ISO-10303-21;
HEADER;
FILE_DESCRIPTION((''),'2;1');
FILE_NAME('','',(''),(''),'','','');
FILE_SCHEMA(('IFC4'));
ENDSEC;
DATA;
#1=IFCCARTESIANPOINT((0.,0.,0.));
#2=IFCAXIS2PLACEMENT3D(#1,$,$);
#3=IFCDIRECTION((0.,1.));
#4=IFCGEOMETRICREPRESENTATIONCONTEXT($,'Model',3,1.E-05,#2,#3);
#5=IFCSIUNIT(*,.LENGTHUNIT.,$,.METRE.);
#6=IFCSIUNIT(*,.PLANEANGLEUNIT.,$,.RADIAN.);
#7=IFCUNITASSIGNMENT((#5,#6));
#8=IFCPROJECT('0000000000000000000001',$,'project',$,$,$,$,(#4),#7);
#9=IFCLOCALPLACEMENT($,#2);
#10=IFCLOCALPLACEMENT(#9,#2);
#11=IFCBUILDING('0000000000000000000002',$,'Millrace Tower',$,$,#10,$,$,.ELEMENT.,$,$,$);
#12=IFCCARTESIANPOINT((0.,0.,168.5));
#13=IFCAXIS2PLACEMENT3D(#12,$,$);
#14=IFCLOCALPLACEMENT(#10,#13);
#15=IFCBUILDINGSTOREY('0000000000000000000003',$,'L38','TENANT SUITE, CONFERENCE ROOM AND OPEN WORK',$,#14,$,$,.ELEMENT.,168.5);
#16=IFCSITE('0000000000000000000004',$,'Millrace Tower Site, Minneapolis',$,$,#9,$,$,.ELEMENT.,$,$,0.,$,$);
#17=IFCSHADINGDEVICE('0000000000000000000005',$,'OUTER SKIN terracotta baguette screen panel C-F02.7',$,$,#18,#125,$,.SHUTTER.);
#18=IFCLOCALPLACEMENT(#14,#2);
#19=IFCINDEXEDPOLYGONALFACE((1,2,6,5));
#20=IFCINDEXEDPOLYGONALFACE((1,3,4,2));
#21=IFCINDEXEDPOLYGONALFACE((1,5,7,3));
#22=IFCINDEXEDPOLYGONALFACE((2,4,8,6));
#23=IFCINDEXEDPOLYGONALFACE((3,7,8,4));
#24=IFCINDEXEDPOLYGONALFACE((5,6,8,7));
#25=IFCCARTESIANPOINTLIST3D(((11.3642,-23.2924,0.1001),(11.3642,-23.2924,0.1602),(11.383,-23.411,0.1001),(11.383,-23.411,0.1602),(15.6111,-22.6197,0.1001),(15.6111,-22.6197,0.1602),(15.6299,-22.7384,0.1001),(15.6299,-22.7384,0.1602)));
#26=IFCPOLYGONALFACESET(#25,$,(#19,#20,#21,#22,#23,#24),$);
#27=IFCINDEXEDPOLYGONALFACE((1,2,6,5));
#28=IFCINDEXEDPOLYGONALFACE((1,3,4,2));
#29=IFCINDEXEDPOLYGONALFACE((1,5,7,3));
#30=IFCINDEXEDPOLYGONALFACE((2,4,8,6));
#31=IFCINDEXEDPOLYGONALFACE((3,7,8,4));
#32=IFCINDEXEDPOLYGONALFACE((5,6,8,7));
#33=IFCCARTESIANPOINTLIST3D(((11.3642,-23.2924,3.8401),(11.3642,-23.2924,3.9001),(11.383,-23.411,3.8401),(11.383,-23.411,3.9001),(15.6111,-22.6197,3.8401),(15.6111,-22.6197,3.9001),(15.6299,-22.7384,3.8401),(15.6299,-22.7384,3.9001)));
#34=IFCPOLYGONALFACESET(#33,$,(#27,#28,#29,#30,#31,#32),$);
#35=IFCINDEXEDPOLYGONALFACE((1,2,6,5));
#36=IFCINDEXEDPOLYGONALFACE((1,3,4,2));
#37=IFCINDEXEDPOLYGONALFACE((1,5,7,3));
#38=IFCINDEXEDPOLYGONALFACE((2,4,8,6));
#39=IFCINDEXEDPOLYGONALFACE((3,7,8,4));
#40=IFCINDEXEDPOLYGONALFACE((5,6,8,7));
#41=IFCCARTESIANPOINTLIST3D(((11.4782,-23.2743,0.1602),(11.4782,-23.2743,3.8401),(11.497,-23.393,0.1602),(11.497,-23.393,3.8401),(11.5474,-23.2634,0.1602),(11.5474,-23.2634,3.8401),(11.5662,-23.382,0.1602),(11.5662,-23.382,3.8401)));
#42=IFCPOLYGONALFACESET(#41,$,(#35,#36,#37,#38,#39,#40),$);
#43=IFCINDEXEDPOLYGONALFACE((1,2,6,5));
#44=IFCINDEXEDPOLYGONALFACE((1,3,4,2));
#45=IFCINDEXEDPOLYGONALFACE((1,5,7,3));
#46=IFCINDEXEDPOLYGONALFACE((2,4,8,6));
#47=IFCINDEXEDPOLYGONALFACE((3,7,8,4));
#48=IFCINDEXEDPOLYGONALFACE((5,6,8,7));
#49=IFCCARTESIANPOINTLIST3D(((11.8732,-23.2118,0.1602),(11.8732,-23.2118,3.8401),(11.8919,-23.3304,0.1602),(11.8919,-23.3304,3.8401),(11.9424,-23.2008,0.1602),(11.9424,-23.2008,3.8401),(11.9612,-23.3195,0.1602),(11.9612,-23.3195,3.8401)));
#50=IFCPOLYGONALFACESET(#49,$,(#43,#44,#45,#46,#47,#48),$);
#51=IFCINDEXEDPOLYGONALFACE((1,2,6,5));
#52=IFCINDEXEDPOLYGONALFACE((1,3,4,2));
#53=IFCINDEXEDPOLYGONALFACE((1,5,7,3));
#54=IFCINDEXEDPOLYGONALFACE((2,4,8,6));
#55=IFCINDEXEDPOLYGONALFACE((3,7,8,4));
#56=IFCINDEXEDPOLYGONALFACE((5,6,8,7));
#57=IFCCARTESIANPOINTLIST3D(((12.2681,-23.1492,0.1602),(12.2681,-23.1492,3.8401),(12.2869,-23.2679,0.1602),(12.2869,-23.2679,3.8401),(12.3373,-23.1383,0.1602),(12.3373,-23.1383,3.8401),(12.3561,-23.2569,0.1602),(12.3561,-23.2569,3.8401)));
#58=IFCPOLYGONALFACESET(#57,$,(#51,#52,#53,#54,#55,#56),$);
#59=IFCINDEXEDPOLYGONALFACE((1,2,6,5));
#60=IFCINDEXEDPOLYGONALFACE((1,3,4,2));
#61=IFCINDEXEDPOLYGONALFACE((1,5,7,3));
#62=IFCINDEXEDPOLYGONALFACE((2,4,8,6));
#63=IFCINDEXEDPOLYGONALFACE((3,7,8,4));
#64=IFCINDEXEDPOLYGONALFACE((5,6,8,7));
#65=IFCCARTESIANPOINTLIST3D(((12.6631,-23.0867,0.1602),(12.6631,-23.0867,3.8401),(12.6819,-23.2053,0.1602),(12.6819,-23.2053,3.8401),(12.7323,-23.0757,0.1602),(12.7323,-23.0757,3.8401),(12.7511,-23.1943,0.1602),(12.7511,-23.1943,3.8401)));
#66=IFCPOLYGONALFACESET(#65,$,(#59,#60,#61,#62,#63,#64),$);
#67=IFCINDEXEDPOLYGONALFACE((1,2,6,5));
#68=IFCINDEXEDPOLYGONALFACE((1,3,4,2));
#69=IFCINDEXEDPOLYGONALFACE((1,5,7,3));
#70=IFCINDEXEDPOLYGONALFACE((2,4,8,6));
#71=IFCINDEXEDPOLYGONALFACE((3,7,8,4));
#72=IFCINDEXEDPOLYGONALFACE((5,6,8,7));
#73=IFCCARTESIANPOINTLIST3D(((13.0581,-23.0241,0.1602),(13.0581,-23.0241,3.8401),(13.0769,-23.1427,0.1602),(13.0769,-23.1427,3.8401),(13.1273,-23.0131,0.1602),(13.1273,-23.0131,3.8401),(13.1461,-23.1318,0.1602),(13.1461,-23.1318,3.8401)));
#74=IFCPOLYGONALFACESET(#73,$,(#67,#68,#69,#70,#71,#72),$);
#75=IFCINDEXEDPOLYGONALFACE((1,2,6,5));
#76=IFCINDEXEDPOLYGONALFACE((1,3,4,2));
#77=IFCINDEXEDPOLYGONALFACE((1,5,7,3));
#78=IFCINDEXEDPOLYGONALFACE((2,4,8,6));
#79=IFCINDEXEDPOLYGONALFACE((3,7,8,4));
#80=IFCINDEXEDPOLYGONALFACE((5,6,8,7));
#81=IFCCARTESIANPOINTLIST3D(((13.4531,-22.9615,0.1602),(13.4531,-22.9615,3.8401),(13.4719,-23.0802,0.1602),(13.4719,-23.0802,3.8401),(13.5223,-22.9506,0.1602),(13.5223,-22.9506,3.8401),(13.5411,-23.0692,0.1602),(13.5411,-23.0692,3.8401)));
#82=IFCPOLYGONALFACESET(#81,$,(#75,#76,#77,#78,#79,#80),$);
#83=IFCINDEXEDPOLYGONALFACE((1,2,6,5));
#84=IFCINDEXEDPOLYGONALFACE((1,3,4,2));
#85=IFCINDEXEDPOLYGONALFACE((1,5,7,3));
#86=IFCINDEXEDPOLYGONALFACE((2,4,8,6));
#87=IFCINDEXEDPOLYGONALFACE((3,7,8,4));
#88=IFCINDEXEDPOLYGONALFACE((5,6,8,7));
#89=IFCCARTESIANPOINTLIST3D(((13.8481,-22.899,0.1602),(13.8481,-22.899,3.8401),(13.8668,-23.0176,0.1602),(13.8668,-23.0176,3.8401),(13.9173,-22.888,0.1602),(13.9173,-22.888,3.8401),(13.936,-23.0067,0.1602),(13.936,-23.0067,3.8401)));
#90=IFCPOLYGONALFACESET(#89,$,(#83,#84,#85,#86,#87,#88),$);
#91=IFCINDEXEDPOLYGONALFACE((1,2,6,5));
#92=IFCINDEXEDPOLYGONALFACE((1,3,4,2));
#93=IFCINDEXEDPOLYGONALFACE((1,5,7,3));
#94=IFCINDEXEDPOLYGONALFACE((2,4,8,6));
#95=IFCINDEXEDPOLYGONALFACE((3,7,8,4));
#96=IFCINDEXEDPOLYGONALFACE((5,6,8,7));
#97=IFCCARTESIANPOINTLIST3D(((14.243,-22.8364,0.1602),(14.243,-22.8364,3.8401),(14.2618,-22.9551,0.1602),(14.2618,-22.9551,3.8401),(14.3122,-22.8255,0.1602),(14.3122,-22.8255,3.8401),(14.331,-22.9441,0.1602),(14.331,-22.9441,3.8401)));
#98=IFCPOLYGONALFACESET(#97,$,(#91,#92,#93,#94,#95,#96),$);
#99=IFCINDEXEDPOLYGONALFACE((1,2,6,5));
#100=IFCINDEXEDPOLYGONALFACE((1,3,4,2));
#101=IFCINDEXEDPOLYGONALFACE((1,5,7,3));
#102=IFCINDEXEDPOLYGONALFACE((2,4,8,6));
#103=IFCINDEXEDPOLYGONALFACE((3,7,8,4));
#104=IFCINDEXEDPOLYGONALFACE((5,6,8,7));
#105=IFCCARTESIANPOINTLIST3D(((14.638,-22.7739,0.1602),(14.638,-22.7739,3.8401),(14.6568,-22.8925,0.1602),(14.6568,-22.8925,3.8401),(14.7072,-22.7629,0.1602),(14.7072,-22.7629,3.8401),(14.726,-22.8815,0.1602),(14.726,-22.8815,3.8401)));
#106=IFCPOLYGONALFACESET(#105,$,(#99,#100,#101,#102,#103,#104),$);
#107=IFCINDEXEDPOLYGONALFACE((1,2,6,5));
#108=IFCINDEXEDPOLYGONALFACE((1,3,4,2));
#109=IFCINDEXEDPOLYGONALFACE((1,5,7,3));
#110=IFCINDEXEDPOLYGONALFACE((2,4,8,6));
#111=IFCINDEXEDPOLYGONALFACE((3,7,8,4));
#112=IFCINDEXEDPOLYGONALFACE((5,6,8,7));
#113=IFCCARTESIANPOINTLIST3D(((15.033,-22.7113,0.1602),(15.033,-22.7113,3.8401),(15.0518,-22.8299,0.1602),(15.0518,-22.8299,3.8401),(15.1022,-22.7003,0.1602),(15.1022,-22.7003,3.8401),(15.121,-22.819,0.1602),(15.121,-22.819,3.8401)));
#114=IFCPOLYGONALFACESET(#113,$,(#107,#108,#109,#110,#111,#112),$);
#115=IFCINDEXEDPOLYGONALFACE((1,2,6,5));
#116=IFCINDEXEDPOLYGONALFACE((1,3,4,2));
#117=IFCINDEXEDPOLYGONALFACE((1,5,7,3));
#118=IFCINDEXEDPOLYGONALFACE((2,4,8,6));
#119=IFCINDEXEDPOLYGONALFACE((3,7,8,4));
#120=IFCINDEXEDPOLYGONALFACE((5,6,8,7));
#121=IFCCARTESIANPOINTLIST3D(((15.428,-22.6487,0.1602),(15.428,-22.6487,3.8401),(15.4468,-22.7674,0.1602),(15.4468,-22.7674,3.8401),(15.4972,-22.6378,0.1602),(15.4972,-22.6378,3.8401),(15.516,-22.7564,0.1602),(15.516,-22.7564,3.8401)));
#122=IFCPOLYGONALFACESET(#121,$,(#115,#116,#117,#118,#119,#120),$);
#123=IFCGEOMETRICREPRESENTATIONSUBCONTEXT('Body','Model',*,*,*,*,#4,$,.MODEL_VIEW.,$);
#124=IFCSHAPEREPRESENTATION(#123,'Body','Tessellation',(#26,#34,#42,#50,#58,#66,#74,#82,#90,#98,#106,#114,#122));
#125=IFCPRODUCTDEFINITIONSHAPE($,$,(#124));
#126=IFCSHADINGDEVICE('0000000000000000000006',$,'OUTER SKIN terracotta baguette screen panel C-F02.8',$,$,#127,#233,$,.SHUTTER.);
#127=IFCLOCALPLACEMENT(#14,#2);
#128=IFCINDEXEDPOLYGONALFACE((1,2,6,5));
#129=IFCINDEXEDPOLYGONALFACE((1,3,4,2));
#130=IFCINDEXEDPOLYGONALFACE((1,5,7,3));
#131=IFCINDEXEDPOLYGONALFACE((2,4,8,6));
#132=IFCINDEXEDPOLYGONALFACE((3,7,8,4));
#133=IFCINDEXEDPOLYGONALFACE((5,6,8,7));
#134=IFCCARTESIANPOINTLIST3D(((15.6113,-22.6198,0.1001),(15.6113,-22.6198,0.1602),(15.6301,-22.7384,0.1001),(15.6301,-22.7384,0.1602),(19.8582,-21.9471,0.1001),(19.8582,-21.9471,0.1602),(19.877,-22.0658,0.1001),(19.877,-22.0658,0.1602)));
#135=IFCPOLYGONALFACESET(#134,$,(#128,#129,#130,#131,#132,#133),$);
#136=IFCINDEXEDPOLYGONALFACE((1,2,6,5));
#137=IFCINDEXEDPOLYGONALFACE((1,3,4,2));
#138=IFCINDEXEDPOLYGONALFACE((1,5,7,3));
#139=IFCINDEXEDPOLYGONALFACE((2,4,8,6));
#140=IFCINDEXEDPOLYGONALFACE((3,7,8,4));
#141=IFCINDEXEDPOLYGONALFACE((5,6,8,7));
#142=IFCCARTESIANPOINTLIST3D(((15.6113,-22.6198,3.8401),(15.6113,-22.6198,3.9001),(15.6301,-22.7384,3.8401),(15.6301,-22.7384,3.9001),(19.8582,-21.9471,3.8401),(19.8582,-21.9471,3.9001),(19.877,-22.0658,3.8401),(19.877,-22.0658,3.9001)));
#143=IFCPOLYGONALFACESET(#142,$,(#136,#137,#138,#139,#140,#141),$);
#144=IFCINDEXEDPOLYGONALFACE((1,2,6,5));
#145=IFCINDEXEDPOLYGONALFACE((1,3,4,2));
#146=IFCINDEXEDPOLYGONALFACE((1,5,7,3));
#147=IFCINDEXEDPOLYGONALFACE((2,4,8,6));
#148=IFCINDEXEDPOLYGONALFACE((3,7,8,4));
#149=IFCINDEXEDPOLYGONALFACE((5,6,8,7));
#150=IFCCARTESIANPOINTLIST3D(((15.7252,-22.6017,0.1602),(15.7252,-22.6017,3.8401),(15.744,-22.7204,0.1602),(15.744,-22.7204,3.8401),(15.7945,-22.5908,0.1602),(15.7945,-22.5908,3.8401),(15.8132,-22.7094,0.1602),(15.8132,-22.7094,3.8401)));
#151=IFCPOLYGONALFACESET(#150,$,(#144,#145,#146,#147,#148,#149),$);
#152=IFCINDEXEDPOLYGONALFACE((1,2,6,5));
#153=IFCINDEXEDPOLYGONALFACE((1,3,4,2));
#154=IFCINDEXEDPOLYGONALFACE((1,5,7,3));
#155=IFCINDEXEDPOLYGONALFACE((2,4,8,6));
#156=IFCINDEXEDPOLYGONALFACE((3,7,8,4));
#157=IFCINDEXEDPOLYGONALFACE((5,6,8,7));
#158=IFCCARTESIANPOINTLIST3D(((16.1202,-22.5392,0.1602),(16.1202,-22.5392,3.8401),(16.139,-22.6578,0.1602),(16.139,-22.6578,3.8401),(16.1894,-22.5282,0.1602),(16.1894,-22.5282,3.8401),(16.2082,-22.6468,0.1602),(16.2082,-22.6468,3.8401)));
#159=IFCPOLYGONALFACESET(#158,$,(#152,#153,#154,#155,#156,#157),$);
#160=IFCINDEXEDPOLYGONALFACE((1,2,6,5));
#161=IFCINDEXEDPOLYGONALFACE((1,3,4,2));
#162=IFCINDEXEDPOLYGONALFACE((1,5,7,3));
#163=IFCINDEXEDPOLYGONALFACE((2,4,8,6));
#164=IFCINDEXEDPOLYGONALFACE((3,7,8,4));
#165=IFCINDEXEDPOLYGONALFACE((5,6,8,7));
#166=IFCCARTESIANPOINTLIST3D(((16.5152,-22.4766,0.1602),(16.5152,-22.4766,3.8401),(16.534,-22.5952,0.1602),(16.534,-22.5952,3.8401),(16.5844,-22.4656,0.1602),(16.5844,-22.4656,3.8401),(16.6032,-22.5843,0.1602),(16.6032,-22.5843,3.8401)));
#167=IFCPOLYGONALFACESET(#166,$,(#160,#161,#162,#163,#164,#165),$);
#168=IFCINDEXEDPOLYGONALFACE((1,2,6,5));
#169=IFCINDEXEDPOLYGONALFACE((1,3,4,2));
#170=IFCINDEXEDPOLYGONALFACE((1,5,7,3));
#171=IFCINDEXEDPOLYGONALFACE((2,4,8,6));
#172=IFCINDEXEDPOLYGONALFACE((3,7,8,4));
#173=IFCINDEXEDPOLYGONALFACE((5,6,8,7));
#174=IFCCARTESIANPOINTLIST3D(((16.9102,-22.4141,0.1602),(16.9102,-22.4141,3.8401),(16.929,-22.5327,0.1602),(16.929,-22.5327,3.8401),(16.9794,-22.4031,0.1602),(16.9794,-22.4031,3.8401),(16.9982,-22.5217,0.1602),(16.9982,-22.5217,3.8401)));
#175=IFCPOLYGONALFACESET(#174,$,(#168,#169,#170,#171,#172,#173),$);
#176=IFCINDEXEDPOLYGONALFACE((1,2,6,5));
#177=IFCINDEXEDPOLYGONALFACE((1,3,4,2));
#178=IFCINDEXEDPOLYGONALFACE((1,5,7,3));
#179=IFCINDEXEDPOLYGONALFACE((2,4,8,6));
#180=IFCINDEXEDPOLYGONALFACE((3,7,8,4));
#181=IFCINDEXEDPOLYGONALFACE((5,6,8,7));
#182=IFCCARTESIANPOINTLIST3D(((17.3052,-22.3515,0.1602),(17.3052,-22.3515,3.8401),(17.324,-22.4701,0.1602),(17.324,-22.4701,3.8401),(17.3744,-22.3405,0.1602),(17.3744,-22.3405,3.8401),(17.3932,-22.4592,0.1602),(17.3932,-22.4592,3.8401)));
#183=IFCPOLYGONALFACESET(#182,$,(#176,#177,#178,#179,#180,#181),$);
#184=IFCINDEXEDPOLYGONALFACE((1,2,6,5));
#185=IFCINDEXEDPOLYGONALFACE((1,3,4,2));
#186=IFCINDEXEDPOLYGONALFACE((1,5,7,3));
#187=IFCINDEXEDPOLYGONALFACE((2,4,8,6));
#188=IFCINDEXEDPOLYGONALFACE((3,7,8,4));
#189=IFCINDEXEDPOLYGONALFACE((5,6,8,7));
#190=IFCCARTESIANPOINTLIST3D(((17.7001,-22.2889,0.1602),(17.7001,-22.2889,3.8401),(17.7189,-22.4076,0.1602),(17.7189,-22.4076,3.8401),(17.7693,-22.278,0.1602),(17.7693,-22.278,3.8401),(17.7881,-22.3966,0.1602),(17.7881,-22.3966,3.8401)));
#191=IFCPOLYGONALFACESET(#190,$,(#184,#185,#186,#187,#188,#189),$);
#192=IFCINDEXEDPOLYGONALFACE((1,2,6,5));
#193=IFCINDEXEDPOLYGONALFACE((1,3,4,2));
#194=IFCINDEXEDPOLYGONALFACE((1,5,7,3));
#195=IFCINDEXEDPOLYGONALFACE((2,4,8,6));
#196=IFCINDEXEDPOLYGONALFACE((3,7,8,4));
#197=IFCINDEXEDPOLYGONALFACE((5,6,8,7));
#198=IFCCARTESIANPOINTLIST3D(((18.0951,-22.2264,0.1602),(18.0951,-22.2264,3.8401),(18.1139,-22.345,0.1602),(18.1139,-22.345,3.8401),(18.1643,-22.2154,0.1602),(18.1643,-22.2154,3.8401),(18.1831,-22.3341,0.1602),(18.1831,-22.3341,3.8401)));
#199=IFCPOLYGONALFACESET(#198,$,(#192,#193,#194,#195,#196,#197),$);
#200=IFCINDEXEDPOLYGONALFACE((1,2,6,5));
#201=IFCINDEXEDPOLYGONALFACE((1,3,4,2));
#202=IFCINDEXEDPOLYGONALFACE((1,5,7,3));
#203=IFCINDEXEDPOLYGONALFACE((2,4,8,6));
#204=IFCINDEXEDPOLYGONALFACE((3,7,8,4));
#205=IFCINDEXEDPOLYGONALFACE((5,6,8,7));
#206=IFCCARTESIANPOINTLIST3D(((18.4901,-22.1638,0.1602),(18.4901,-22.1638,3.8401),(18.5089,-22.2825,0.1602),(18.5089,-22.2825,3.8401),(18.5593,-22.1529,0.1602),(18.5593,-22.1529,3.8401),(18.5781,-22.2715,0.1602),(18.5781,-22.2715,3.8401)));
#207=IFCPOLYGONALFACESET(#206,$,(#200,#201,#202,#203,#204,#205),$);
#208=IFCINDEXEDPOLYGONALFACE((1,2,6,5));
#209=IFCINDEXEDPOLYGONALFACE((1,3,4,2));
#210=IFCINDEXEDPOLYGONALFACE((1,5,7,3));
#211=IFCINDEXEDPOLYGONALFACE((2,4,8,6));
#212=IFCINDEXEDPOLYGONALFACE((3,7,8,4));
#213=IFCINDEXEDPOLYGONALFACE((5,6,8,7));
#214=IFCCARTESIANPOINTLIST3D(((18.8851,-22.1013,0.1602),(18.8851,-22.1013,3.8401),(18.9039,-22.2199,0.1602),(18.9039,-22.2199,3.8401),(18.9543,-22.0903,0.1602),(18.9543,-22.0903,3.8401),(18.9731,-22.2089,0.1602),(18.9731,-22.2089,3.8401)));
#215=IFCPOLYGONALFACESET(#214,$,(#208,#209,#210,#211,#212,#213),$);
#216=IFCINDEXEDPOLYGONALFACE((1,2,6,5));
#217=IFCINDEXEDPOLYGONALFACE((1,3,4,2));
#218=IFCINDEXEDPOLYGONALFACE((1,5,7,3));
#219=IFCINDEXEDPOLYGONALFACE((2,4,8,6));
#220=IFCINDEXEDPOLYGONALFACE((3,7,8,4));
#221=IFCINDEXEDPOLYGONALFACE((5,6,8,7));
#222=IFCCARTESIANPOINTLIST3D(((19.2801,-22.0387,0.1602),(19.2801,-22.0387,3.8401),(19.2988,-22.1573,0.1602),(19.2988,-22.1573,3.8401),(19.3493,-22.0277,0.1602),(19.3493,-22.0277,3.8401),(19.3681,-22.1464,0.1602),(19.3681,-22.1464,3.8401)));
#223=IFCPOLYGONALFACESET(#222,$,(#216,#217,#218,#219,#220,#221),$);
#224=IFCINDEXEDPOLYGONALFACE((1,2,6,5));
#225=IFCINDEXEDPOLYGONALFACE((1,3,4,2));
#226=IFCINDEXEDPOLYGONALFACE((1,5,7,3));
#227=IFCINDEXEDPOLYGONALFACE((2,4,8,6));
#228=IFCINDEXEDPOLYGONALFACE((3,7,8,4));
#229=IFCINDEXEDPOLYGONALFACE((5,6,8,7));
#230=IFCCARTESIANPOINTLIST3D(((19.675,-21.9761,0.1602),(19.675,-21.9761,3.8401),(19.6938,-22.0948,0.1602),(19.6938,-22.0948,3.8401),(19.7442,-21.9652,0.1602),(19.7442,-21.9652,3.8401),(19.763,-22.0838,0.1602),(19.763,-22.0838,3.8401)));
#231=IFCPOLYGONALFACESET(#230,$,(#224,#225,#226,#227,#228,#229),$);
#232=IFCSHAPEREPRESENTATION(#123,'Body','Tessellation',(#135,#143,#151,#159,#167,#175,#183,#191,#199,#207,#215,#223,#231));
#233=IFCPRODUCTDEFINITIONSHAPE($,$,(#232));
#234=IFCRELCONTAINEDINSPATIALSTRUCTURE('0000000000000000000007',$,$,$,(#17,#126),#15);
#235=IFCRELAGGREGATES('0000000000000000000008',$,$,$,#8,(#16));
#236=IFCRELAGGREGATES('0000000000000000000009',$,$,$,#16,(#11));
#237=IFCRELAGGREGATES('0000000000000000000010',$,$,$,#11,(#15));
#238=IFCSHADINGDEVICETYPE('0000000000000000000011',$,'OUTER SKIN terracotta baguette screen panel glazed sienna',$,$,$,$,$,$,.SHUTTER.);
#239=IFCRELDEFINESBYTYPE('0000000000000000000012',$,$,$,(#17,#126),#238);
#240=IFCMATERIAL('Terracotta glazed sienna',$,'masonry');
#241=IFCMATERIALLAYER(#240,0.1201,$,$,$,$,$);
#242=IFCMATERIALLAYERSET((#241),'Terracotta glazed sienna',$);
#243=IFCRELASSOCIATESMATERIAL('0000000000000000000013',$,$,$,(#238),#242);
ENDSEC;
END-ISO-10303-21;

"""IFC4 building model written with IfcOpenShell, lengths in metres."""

from ifc_helpers import new_model, entity, si_unit, direction, frame, frame_2d, origin, origin_2d, place, context, subcontext, project, spatial, rectangle, extrude, source, transform, mapped, material, layer, layer_set, type_object, element, save


model = new_model("IFC4")

# Units and contexts
model_context = context("Model", 3, precision=1e-05, world=origin(), true_north=direction((0.0, 1.0)))
body_context = subcontext(model_context, "Body", "Model", "MODEL_VIEW")
ifc_project = project(units=[si_unit("LENGTHUNIT", "METRE"), si_unit("PLANEANGLEUNIT", "RADIAN")], contexts=[model_context])

# Site, building, storey
site_placement = place(None, origin())
site = spatial("IfcSite", under=ifc_project, at=site_placement, Name="Millrace Tower Site, Minneapolis", CompositionType="ELEMENT", RefElevation=0.0)
building_placement = place(site_placement, origin())
building = spatial("IfcBuilding", under=site, at=building_placement, Name="Millrace Tower", CompositionType="ELEMENT")
storey_placement = place(building_placement, frame((0.0, 0.0, 168.5)))
storey = spatial("IfcBuildingStorey", under=building, at=storey_placement, Name="L38", Description="TENANT SUITE, CONFERENCE ROOM AND OPEN WORK", CompositionType="ELEMENT", Elevation=168.5)

# Shading devices
ifc_material_1 = material(Name="Terracotta glazed sienna", Category="masonry")
ifc_layer_1 = layer(ifc_material_1, 0.1201)
ifc_layer_set_1 = layer_set([ifc_layer_1], Name="Terracotta glazed sienna")
shading_device_type = type_object("IfcShadingDeviceType", Name="OUTER SKIN terracotta baguette screen panel glazed sienna", PredefinedType="SHUTTER", material=ifc_layer_set_1)
cartesian_point_1 = entity("IfcCartesianPoint", [-2.1499, 0.0601])
shared_polyline_1 = entity("IfcPolyline", [cartesian_point_1, entity("IfcCartesianPoint", [2.1499, 0.0601]), entity("IfcCartesianPoint", [2.1499, -0.0601]), entity("IfcCartesianPoint", [-2.1499, -0.0601]), cartesian_point_1])
shared_shape_1 = source(origin(), body_context, "Body", "SweptSolid", [
    entity("IfcExtrudedAreaSolid", entity("IfcArbitraryClosedProfileDef", "AREA", None, shared_polyline_1), entity("IfcAxis2Placement3D", entity("IfcCartesianPoint", [0.0, 0.0, 0.0])), entity("IfcDirection", [0.0, 0.0, 1.0]), 0.0601),
    entity("IfcExtrudedAreaSolid", entity("IfcArbitraryClosedProfileDef", "AREA", None, shared_polyline_1), entity("IfcAxis2Placement3D", entity("IfcCartesianPoint", [0.0, 0.0, 3.74])), entity("IfcDirection", [0.0, 0.0, 1.0]), 0.0601),
    extrude(rectangle(XDim=0.0701, YDim=0.1201, at=frame_2d((-1.9995, 0.0))), frame((0.0, 0.0, 0.0601)), (0.0, 0.0, 1.0), 3.6799),
    extrude(rectangle(XDim=0.0701, YDim=0.1201, at=frame_2d((-1.5996, 0.0))), frame((0.0, 0.0, 0.0601)), (0.0, 0.0, 1.0), 3.6799),
    extrude(rectangle(XDim=0.0701, YDim=0.1201, at=frame_2d((-1.1997, 0.0))), frame((0.0, 0.0, 0.0601)), (0.0, 0.0, 1.0), 3.6799),
    extrude(rectangle(XDim=0.0701, YDim=0.1201, at=frame_2d((-0.7998, 0.0))), frame((0.0, 0.0, 0.0601)), (0.0, 0.0, 1.0), 3.6799),
    extrude(rectangle(XDim=0.0701, YDim=0.1201, at=frame_2d((-0.3999, 0.0))), frame((0.0, 0.0, 0.0601)), (0.0, 0.0, 1.0), 3.6799),
    extrude(rectangle(XDim=0.0701, YDim=0.1201, at=origin_2d()), frame((0.0, 0.0, 0.0601)), (0.0, 0.0, 1.0), 3.6799),
    extrude(rectangle(XDim=0.0701, YDim=0.1201, at=frame_2d((0.3999, 0.0))), frame((0.0, 0.0, 0.0601)), (0.0, 0.0, 1.0), 3.6799),
    extrude(rectangle(XDim=0.0701, YDim=0.1201, at=frame_2d((0.7998, 0.0))), frame((0.0, 0.0, 0.0601)), (0.0, 0.0, 1.0), 3.6799),
    extrude(rectangle(XDim=0.0701, YDim=0.1201, at=frame_2d((1.1997, 0.0))), frame((0.0, 0.0, 0.0601)), (0.0, 0.0, 1.0), 3.6799),
    extrude(rectangle(XDim=0.0701, YDim=0.1201, at=frame_2d((1.5996, 0.0))), frame((0.0, 0.0, 0.0601)), (0.0, 0.0, 1.0), 3.6799),
    extrude(rectangle(XDim=0.0701, YDim=0.1201, at=frame_2d((1.9995, 0.0))), frame((0.0, 0.0, 0.0601)), (0.0, 0.0, 1.0), 3.6799),
])
for number, where, z_axis, x_axis, name in (
    (1, (13.4971, -23.0154, 0.1001), (0.0, 0.0, 1.0), (0.987688, 0.156434, 0.0), "OUTER SKIN terracotta baguette screen panel C-F02.7"),
    (2, (17.7441, -22.3428, 0.1001), (0.0, 0.0, 1.0), (0.987688, 0.156434, 0.0), "OUTER SKIN terracotta baguette screen panel C-F02.8"),
):
    element("IfcShadingDevice", number, at=place(storey_placement, frame(where, z_axis=z_axis, x_axis=x_axis)), inside=storey, type_object=shading_device_type, Name=name, PredefinedType="SHUTTER", context=body_context, shape_type="MappedRepresentation", body=[
        mapped(shared_shape_1, transform((0.0, 0.0, 0.0), scale=1.0)),
    ])

save(model, "model.ifc")
